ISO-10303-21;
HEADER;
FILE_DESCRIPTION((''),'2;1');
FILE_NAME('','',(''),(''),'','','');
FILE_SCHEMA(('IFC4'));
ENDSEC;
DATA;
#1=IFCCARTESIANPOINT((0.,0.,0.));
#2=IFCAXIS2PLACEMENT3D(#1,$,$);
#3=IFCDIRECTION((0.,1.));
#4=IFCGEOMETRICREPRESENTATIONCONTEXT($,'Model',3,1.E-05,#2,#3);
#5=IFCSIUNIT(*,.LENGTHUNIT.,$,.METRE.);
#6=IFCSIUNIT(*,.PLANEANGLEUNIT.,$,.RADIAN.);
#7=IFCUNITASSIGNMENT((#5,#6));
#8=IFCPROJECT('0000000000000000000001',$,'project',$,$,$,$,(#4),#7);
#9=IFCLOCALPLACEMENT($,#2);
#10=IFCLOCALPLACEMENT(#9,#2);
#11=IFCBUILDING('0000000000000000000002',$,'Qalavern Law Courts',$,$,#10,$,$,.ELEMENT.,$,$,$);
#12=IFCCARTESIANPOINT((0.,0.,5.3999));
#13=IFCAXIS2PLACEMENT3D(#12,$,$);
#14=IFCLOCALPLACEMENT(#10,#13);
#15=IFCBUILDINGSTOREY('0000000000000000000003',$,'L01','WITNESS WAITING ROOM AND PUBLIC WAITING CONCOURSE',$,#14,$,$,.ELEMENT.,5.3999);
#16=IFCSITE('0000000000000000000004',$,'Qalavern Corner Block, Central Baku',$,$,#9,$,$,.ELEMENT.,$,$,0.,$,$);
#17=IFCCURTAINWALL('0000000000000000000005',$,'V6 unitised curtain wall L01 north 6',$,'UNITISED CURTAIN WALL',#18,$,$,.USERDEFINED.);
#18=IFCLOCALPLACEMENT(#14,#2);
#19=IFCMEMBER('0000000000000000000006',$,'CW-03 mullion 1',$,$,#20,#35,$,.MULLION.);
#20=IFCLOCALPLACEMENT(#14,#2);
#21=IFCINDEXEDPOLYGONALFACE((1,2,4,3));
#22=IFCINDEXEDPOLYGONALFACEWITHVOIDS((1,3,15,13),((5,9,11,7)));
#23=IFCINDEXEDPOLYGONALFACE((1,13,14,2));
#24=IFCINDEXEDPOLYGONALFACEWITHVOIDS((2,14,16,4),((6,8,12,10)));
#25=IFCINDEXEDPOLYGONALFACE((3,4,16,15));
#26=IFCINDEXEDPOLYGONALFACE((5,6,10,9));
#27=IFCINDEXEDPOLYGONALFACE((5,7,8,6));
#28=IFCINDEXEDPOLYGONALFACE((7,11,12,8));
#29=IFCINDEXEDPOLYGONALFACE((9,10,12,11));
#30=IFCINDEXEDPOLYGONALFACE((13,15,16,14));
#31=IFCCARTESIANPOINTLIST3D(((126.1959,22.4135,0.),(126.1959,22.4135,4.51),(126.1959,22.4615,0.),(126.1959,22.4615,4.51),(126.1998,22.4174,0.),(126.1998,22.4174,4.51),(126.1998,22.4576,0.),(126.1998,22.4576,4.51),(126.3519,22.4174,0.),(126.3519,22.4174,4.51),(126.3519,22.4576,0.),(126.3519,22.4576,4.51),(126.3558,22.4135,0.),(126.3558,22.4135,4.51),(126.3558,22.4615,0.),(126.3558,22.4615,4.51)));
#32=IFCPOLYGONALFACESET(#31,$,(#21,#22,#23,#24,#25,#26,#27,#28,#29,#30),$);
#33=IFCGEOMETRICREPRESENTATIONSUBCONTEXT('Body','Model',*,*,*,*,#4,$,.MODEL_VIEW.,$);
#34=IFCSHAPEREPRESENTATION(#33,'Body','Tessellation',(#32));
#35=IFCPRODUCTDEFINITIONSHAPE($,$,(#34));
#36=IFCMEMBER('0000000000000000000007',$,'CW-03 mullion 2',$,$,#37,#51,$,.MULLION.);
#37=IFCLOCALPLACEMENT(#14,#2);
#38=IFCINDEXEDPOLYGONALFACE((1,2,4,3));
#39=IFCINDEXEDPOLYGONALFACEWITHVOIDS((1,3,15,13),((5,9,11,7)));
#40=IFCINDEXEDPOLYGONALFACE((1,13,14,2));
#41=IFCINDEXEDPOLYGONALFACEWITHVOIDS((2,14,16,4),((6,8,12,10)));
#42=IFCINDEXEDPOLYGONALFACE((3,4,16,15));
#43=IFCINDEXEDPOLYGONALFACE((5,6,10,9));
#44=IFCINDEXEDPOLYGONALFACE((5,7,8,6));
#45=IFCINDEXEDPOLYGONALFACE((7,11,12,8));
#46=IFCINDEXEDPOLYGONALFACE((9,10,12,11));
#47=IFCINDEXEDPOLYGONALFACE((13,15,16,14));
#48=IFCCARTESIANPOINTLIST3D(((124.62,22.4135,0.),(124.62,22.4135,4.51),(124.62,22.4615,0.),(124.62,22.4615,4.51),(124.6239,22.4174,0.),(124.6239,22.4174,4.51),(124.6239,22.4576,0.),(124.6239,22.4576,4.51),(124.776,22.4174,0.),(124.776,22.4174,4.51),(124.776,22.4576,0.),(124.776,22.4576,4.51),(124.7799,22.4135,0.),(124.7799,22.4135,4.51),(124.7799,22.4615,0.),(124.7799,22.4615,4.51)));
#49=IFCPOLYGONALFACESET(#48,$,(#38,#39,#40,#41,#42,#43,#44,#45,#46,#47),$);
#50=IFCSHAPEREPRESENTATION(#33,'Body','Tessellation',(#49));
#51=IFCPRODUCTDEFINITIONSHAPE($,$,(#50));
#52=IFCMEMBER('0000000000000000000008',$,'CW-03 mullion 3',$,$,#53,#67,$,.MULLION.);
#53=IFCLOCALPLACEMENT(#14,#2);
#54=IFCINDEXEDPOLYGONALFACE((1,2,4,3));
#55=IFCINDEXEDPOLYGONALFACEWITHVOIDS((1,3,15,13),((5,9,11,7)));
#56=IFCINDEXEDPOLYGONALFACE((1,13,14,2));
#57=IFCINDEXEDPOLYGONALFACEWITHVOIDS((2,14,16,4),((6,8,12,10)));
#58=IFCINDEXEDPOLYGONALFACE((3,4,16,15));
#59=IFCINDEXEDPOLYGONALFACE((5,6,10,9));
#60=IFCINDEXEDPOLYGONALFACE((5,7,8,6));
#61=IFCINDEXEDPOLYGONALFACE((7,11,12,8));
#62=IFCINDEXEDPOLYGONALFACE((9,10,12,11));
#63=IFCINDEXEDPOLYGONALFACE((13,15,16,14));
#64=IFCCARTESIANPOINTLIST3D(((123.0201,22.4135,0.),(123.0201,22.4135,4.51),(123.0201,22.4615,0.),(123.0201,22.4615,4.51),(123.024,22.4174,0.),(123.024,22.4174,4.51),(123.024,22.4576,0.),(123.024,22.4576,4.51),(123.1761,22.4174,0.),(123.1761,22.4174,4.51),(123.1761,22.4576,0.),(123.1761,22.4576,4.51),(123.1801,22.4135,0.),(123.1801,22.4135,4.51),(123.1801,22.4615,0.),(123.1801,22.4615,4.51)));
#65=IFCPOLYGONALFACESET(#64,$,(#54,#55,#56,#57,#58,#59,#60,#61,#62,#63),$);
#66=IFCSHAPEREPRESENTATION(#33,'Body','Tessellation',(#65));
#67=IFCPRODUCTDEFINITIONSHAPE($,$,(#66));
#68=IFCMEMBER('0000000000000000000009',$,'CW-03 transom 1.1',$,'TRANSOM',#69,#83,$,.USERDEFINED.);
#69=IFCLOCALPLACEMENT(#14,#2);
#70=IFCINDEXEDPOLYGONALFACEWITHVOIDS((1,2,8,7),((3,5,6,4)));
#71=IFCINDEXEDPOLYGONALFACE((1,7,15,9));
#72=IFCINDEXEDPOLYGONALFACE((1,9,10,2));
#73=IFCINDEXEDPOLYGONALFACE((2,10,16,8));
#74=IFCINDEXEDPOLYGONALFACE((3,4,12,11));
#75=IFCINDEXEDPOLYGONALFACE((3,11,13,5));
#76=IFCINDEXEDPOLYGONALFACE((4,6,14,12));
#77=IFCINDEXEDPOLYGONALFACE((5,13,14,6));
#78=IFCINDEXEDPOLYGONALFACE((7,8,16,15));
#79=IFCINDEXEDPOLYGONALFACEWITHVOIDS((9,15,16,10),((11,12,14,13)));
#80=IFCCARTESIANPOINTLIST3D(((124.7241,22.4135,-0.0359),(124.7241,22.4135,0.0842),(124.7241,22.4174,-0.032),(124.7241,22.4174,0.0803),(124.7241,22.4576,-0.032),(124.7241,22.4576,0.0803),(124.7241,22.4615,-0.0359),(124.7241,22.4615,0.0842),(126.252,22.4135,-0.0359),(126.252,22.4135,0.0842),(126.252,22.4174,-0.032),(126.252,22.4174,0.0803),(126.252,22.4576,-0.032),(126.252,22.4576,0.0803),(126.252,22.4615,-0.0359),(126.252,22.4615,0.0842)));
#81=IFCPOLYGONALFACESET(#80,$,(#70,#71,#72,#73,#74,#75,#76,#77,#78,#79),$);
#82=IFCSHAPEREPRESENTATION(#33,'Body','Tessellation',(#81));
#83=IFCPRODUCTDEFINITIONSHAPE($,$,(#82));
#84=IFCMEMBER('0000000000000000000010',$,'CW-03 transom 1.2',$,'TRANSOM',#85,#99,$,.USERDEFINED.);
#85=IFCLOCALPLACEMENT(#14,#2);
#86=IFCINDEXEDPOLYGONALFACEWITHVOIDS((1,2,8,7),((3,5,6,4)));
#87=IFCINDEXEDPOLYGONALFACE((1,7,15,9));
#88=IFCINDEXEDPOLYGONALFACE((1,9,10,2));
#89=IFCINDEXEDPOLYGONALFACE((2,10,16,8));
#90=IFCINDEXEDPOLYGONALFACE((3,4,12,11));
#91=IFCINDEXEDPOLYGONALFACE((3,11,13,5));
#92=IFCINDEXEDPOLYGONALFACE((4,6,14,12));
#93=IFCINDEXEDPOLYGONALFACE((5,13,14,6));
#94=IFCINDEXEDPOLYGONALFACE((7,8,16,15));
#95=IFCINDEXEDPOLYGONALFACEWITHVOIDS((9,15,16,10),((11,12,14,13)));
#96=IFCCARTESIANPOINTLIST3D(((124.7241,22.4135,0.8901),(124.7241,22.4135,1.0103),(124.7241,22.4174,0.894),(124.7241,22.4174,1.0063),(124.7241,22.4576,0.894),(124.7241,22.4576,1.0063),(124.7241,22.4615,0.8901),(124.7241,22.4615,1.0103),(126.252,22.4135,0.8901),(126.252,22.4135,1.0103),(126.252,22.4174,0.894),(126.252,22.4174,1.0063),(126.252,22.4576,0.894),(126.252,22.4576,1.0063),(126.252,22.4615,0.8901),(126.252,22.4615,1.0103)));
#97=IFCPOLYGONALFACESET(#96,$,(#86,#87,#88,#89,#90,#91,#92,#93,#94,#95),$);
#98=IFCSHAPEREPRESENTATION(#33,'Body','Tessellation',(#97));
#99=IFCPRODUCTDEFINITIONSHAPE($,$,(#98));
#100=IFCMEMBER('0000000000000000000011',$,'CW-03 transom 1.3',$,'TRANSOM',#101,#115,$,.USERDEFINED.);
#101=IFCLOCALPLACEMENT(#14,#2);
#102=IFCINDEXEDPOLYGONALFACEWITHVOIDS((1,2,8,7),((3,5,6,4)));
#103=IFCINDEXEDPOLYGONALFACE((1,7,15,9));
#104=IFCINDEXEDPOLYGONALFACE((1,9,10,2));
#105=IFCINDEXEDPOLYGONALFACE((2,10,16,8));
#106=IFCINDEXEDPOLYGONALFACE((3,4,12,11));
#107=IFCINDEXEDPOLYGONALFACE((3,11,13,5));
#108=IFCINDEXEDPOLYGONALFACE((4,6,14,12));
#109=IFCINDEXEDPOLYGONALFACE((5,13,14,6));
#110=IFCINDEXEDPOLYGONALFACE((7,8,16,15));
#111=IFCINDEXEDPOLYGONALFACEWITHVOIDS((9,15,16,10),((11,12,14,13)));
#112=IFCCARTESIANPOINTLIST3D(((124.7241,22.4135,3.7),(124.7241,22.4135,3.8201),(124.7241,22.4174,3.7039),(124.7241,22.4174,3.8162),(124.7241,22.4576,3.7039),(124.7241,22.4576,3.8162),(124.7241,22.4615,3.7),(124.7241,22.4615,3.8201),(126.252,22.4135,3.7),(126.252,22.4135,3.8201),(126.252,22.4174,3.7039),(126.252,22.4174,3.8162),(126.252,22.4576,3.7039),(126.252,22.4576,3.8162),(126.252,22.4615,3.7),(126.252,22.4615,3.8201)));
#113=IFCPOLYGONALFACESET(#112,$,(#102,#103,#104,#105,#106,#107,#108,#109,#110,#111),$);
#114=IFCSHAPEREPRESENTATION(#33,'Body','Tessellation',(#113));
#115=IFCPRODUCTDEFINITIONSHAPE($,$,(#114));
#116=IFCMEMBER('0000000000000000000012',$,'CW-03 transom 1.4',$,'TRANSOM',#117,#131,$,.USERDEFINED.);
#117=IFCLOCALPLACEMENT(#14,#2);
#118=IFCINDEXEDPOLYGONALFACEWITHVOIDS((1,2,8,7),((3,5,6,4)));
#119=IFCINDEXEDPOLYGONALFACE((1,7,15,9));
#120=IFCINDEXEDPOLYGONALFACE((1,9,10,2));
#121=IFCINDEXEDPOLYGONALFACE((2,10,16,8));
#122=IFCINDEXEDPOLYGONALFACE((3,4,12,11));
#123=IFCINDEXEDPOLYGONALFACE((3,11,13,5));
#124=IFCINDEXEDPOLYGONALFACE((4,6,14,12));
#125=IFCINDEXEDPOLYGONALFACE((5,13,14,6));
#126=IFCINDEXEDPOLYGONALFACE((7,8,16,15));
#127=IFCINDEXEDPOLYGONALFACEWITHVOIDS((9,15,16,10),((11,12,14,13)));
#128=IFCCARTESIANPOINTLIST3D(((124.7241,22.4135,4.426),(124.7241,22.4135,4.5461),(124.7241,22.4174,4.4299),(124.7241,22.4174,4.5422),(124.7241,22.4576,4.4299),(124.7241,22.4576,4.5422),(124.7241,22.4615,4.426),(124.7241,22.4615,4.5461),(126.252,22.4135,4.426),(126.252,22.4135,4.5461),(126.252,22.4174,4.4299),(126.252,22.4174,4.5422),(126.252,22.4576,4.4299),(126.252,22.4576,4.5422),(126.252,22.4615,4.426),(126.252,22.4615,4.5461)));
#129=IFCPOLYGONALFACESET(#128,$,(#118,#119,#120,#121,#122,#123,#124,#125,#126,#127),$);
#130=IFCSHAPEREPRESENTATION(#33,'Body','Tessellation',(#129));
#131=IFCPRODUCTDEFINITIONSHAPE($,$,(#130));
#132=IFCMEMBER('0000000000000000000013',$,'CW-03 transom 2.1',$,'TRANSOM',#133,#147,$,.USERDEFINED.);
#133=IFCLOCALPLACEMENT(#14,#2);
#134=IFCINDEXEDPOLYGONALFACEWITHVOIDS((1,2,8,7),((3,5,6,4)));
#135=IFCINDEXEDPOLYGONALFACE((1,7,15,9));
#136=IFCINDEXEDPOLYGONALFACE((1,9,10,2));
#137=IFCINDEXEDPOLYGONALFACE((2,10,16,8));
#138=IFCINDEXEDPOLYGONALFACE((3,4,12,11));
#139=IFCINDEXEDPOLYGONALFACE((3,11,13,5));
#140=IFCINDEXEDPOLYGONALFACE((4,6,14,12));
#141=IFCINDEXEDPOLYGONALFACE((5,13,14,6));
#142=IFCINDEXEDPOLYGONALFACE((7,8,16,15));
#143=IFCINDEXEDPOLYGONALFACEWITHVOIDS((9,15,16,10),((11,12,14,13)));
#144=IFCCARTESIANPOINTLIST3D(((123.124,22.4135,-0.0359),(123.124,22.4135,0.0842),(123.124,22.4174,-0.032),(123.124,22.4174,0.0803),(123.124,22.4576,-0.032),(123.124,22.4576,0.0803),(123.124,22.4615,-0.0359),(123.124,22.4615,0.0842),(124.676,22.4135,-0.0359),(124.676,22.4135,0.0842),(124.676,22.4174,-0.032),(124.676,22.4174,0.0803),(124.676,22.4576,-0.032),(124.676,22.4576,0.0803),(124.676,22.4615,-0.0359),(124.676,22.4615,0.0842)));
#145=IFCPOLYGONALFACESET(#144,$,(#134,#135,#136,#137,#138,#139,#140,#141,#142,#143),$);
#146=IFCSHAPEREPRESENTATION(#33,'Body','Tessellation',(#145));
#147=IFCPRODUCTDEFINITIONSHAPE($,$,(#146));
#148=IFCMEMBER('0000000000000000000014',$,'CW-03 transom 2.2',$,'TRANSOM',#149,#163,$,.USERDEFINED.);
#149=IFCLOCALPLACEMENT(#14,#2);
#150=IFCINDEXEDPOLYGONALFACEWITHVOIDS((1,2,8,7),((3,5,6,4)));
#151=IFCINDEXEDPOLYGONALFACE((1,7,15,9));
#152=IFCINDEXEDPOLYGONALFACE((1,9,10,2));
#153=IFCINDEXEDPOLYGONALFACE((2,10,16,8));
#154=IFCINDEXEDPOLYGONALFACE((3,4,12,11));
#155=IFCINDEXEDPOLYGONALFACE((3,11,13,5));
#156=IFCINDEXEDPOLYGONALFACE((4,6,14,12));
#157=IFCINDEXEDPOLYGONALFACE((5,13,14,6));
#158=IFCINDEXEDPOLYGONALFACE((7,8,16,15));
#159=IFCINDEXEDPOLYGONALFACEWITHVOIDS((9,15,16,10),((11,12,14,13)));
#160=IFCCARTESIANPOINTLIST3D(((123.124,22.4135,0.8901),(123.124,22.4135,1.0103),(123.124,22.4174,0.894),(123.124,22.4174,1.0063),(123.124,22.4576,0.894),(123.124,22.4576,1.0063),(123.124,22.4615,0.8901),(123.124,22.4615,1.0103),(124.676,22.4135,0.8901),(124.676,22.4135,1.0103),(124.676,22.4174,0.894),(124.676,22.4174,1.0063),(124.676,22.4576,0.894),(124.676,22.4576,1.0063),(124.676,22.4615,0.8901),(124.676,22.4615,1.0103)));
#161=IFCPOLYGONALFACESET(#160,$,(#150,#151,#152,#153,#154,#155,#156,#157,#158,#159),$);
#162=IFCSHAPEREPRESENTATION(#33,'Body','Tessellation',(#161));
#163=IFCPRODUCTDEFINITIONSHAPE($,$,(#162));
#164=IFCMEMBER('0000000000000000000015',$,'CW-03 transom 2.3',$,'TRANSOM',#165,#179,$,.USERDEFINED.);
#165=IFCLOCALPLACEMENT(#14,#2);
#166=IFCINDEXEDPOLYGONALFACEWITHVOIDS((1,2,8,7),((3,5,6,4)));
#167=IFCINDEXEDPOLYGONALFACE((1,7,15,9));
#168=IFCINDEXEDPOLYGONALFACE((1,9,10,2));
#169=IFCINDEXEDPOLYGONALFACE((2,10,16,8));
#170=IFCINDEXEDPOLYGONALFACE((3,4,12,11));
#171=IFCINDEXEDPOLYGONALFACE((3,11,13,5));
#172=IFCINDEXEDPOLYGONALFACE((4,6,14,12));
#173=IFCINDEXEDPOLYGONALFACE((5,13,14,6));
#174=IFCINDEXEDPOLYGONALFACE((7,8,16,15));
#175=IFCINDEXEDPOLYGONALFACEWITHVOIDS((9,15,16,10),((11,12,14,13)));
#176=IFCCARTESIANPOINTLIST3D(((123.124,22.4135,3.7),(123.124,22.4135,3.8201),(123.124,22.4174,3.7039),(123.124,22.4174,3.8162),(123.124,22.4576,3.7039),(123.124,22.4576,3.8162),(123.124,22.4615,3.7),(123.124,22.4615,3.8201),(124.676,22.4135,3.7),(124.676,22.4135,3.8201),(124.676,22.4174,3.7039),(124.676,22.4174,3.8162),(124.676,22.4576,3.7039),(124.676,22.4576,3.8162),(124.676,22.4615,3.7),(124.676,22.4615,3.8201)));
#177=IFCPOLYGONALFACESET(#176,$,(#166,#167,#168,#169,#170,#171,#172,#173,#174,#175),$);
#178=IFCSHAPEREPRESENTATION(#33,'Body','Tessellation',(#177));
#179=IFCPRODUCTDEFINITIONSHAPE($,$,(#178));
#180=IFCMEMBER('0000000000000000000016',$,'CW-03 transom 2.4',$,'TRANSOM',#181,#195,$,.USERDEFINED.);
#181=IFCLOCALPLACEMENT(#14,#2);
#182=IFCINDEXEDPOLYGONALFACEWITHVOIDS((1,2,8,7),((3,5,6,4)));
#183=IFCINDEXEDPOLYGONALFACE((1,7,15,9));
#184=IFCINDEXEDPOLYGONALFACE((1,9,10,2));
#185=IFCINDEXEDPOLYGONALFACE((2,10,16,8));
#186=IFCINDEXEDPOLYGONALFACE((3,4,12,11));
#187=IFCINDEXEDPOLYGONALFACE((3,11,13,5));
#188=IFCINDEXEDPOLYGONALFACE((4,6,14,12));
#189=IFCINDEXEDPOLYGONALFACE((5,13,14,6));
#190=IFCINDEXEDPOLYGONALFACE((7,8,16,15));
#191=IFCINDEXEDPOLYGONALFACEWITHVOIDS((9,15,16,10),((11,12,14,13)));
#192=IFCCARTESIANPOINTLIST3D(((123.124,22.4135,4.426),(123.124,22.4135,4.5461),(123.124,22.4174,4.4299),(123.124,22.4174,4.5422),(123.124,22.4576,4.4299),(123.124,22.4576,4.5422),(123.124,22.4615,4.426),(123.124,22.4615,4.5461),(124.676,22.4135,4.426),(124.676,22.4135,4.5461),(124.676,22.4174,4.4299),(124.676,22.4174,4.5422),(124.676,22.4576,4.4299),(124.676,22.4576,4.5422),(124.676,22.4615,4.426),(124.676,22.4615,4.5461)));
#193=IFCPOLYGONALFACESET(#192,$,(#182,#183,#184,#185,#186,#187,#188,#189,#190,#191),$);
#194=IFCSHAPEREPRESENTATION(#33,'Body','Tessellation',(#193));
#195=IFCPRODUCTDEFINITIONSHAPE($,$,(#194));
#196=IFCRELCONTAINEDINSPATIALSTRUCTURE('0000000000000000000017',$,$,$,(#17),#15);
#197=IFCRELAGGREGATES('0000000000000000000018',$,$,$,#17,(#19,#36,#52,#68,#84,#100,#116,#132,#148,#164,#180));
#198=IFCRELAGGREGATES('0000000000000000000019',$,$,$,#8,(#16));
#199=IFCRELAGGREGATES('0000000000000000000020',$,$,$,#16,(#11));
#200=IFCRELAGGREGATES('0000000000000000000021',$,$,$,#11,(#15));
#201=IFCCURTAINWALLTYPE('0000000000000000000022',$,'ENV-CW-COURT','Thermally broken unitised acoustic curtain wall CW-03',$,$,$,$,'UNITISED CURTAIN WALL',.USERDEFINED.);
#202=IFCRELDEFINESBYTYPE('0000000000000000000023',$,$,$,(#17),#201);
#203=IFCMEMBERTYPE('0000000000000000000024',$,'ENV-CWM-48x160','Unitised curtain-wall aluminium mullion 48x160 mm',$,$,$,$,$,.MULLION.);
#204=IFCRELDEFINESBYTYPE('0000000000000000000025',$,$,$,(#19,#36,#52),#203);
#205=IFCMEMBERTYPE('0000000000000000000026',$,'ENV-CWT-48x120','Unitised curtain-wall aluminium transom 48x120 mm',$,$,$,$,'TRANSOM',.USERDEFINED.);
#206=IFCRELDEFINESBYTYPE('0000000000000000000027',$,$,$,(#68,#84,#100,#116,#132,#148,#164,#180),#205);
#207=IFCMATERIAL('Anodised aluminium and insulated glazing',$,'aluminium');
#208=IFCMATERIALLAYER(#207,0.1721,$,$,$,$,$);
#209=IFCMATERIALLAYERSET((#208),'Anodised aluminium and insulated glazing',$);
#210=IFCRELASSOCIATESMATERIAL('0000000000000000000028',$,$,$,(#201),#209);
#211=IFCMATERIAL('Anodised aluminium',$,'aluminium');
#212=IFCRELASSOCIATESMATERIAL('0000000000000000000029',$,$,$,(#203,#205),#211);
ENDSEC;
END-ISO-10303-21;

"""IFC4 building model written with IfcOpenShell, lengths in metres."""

from ifc_helpers import new_model, si_unit, direction, frame, origin, origin_2d, place, context, subcontext, project, spatial, hollow_rectangle, extrude, material, layer, layer_set, material_profile, profile_set, type_object, element, aggregate, save


model = new_model("IFC4")

# Units and contexts
model_context = context("Model", 3, precision=1e-05, world=origin(), true_north=direction((0.0, 1.0)))
body_context = subcontext(model_context, "Body", "Model", "MODEL_VIEW")
ifc_project = project(units=[si_unit("LENGTHUNIT", "METRE"), si_unit("PLANEANGLEUNIT", "RADIAN")], contexts=[model_context])

# Site, building, storey
site_placement = place(None, origin())
site = spatial("IfcSite", under=ifc_project, at=site_placement, Name="Qalavern Corner Block, Central Baku", CompositionType="ELEMENT", RefElevation=0.0)
building_placement = place(site_placement, origin())
building = spatial("IfcBuilding", under=site, at=building_placement, Name="Qalavern Law Courts", CompositionType="ELEMENT")
storey_placement = place(building_placement, frame((0.0, 0.0, 5.3999)))
storey = spatial("IfcBuildingStorey", under=building, at=storey_placement, Name="L01", Description="WITNESS WAITING ROOM AND PUBLIC WAITING CONCOURSE", CompositionType="ELEMENT", Elevation=5.3999)

# Curtain wall, members
ifc_material_1 = material(Name="Anodised aluminium and insulated glazing", Category="aluminium")
ifc_layer_1 = layer(ifc_material_1, 0.1721)
ifc_layer_set_1 = layer_set([ifc_layer_1], Name="Anodised aluminium and insulated glazing")
curtain_wall_type = type_object("IfcCurtainWallType", Name="ENV-CW-COURT", Description="Thermally broken unitised acoustic curtain wall CW-03", ElementType="UNITISED CURTAIN WALL", PredefinedType="USERDEFINED", material=ifc_layer_set_1)
curtain_wall_placement = place(storey_placement, origin())
curtain_wall = element("IfcCurtainWall", 1, at=curtain_wall_placement, inside=storey, type_object=curtain_wall_type, Name="V6 unitised curtain wall L01 north 6", ObjectType="UNITISED CURTAIN WALL", PredefinedType="USERDEFINED")
ifc_material_2 = material(Name="Anodised aluminium", Category="aluminium")
ifc_material_profile_1 = material_profile(ifc_material_2, hollow_rectangle(XDim=0.0481, YDim=0.1599, WallThickness=0.0039, at=origin_2d()), Name="ALU MULLION 48x160")
ifc_profile_set_1 = profile_set([ifc_material_profile_1], Name="Anodised aluminium")
member_type_1 = type_object("IfcMemberType", Name="ENV-CWM-48x160", Description="Unitised curtain-wall aluminium mullion 48x160 mm", PredefinedType="MULLION", material=ifc_profile_set_1)
member_1_placement = place(storey_placement, frame((126.2759, 22.4375, 0.0), z_axis=(0.0, 0.0, 1.0), x_axis=(0.0, -1.0, 0.0)))
member_1 = element("IfcMember", 2, at=member_1_placement, type_object=member_type_1, Name="CW-03 mullion 1", PredefinedType="MULLION", context=body_context, shape_type="SweptSolid", body=[
    extrude(hollow_rectangle(XDim=0.0481, YDim=0.1599, WallThickness=0.0039, at=origin_2d()), origin(), (0.0, 0.0, 1.0), 4.51),
])
member_2_placement = place(storey_placement, frame((124.7, 22.4375, 0.0), z_axis=(0.0, 0.0, 1.0), x_axis=(0.0, -1.0, 0.0)))
member_2 = element("IfcMember", 3, at=member_2_placement, type_object=member_type_1, Name="CW-03 mullion 2", PredefinedType="MULLION", context=body_context, shape_type="SweptSolid", body=[
    extrude(hollow_rectangle(XDim=0.0481, YDim=0.1599, WallThickness=0.0039, at=origin_2d()), origin(), (0.0, 0.0, 1.0), 4.51),
])
member_3_placement = place(storey_placement, frame((123.1001, 22.4375, 0.0), z_axis=(0.0, 0.0, 1.0), x_axis=(0.0, -1.0, 0.0)))
member_3 = element("IfcMember", 4, at=member_3_placement, type_object=member_type_1, Name="CW-03 mullion 3", PredefinedType="MULLION", context=body_context, shape_type="SweptSolid", body=[
    extrude(hollow_rectangle(XDim=0.0481, YDim=0.1599, WallThickness=0.0039, at=origin_2d()), origin(), (0.0, 0.0, 1.0), 4.51),
])
ifc_material_profile_2 = material_profile(ifc_material_2, hollow_rectangle(XDim=0.0481, YDim=0.1201, WallThickness=0.0039, at=origin_2d()), Name="ALU TRANSOM 48x120")
ifc_profile_set_2 = profile_set([ifc_material_profile_2], Name="Anodised aluminium")
member_type_2 = type_object("IfcMemberType", Name="ENV-CWT-48x120", Description="Unitised curtain-wall aluminium transom 48x120 mm", ElementType="TRANSOM", PredefinedType="USERDEFINED", material=ifc_profile_set_2)
member_4_placement = place(storey_placement, frame((126.252, 22.4375, 0.0242), z_axis=(-1.0, 0.0, 0.0), x_axis=(0.0, -1.0, 0.0)))
member_4 = element("IfcMember", 5, at=member_4_placement, type_object=member_type_2, Name="CW-03 transom 1.1", ObjectType="TRANSOM", PredefinedType="USERDEFINED", context=body_context, shape_type="SweptSolid", body=[
    extrude(hollow_rectangle(XDim=0.0481, YDim=0.1201, WallThickness=0.0039, at=origin_2d()), origin(), (0.0, 0.0, 1.0), 1.5278),
])
member_5_placement = place(storey_placement, frame((126.252, 22.4375, 0.9502), z_axis=(-1.0, 0.0, 0.0), x_axis=(0.0, -1.0, 0.0)))
member_5 = element("IfcMember", 6, at=member_5_placement, type_object=member_type_2, Name="CW-03 transom 1.2", ObjectType="TRANSOM", PredefinedType="USERDEFINED", context=body_context, shape_type="SweptSolid", body=[
    extrude(hollow_rectangle(XDim=0.0481, YDim=0.1201, WallThickness=0.0039, at=origin_2d()), origin(), (0.0, 0.0, 1.0), 1.5278),
])
member_6_placement = place(storey_placement, frame((126.252, 22.4375, 3.76), z_axis=(-1.0, 0.0, 0.0), x_axis=(0.0, -1.0, 0.0)))
member_6 = element("IfcMember", 7, at=member_6_placement, type_object=member_type_2, Name="CW-03 transom 1.3", ObjectType="TRANSOM", PredefinedType="USERDEFINED", context=body_context, shape_type="SweptSolid", body=[
    extrude(hollow_rectangle(XDim=0.0481, YDim=0.1201, WallThickness=0.0039, at=origin_2d()), origin(), (0.0, 0.0, 1.0), 1.5278),
])
member_7_placement = place(storey_placement, frame((126.252, 22.4375, 4.4861), z_axis=(-1.0, 0.0, 0.0), x_axis=(0.0, -1.0, 0.0)))
member_7 = element("IfcMember", 8, at=member_7_placement, type_object=member_type_2, Name="CW-03 transom 1.4", ObjectType="TRANSOM", PredefinedType="USERDEFINED", context=body_context, shape_type="SweptSolid", body=[
    extrude(hollow_rectangle(XDim=0.0481, YDim=0.1201, WallThickness=0.0039, at=origin_2d()), origin(), (0.0, 0.0, 1.0), 1.5278),
])
member_8_placement = place(storey_placement, frame((124.676, 22.4375, 0.0242), z_axis=(-1.0, 0.0, 0.0), x_axis=(0.0, -1.0, 0.0)))
member_8 = element("IfcMember", 9, at=member_8_placement, type_object=member_type_2, Name="CW-03 transom 2.1", ObjectType="TRANSOM", PredefinedType="USERDEFINED", context=body_context, shape_type="SweptSolid", body=[
    extrude(hollow_rectangle(XDim=0.0481, YDim=0.1201, WallThickness=0.0039, at=origin_2d()), origin(), (0.0, 0.0, 1.0), 1.552),
])
member_9_placement = place(storey_placement, frame((124.676, 22.4375, 0.9502), z_axis=(-1.0, 0.0, 0.0), x_axis=(0.0, -1.0, 0.0)))
member_9 = element("IfcMember", 10, at=member_9_placement, type_object=member_type_2, Name="CW-03 transom 2.2", ObjectType="TRANSOM", PredefinedType="USERDEFINED", context=body_context, shape_type="SweptSolid", body=[
    extrude(hollow_rectangle(XDim=0.0481, YDim=0.1201, WallThickness=0.0039, at=origin_2d()), origin(), (0.0, 0.0, 1.0), 1.552),
])
member_10_placement = place(storey_placement, frame((124.676, 22.4375, 3.76), z_axis=(-1.0, 0.0, 0.0), x_axis=(0.0, -1.0, 0.0)))
member_10 = element("IfcMember", 11, at=member_10_placement, type_object=member_type_2, Name="CW-03 transom 2.3", ObjectType="TRANSOM", PredefinedType="USERDEFINED", context=body_context, shape_type="SweptSolid", body=[
    extrude(hollow_rectangle(XDim=0.0481, YDim=0.1201, WallThickness=0.0039, at=origin_2d()), origin(), (0.0, 0.0, 1.0), 1.552),
])
member_11_placement = place(storey_placement, frame((124.676, 22.4375, 4.4861), z_axis=(-1.0, 0.0, 0.0), x_axis=(0.0, -1.0, 0.0)))
member_11 = element("IfcMember", 12, at=member_11_placement, type_object=member_type_2, Name="CW-03 transom 2.4", ObjectType="TRANSOM", PredefinedType="USERDEFINED", context=body_context, shape_type="SweptSolid", body=[
    extrude(hollow_rectangle(XDim=0.0481, YDim=0.1201, WallThickness=0.0039, at=origin_2d()), origin(), (0.0, 0.0, 1.0), 1.552),
])
aggregate(curtain_wall, [member_1, member_2, member_3, member_4, member_5, member_6, member_7, member_8, member_9, member_10, member_11])

save(model, "model.ifc")
